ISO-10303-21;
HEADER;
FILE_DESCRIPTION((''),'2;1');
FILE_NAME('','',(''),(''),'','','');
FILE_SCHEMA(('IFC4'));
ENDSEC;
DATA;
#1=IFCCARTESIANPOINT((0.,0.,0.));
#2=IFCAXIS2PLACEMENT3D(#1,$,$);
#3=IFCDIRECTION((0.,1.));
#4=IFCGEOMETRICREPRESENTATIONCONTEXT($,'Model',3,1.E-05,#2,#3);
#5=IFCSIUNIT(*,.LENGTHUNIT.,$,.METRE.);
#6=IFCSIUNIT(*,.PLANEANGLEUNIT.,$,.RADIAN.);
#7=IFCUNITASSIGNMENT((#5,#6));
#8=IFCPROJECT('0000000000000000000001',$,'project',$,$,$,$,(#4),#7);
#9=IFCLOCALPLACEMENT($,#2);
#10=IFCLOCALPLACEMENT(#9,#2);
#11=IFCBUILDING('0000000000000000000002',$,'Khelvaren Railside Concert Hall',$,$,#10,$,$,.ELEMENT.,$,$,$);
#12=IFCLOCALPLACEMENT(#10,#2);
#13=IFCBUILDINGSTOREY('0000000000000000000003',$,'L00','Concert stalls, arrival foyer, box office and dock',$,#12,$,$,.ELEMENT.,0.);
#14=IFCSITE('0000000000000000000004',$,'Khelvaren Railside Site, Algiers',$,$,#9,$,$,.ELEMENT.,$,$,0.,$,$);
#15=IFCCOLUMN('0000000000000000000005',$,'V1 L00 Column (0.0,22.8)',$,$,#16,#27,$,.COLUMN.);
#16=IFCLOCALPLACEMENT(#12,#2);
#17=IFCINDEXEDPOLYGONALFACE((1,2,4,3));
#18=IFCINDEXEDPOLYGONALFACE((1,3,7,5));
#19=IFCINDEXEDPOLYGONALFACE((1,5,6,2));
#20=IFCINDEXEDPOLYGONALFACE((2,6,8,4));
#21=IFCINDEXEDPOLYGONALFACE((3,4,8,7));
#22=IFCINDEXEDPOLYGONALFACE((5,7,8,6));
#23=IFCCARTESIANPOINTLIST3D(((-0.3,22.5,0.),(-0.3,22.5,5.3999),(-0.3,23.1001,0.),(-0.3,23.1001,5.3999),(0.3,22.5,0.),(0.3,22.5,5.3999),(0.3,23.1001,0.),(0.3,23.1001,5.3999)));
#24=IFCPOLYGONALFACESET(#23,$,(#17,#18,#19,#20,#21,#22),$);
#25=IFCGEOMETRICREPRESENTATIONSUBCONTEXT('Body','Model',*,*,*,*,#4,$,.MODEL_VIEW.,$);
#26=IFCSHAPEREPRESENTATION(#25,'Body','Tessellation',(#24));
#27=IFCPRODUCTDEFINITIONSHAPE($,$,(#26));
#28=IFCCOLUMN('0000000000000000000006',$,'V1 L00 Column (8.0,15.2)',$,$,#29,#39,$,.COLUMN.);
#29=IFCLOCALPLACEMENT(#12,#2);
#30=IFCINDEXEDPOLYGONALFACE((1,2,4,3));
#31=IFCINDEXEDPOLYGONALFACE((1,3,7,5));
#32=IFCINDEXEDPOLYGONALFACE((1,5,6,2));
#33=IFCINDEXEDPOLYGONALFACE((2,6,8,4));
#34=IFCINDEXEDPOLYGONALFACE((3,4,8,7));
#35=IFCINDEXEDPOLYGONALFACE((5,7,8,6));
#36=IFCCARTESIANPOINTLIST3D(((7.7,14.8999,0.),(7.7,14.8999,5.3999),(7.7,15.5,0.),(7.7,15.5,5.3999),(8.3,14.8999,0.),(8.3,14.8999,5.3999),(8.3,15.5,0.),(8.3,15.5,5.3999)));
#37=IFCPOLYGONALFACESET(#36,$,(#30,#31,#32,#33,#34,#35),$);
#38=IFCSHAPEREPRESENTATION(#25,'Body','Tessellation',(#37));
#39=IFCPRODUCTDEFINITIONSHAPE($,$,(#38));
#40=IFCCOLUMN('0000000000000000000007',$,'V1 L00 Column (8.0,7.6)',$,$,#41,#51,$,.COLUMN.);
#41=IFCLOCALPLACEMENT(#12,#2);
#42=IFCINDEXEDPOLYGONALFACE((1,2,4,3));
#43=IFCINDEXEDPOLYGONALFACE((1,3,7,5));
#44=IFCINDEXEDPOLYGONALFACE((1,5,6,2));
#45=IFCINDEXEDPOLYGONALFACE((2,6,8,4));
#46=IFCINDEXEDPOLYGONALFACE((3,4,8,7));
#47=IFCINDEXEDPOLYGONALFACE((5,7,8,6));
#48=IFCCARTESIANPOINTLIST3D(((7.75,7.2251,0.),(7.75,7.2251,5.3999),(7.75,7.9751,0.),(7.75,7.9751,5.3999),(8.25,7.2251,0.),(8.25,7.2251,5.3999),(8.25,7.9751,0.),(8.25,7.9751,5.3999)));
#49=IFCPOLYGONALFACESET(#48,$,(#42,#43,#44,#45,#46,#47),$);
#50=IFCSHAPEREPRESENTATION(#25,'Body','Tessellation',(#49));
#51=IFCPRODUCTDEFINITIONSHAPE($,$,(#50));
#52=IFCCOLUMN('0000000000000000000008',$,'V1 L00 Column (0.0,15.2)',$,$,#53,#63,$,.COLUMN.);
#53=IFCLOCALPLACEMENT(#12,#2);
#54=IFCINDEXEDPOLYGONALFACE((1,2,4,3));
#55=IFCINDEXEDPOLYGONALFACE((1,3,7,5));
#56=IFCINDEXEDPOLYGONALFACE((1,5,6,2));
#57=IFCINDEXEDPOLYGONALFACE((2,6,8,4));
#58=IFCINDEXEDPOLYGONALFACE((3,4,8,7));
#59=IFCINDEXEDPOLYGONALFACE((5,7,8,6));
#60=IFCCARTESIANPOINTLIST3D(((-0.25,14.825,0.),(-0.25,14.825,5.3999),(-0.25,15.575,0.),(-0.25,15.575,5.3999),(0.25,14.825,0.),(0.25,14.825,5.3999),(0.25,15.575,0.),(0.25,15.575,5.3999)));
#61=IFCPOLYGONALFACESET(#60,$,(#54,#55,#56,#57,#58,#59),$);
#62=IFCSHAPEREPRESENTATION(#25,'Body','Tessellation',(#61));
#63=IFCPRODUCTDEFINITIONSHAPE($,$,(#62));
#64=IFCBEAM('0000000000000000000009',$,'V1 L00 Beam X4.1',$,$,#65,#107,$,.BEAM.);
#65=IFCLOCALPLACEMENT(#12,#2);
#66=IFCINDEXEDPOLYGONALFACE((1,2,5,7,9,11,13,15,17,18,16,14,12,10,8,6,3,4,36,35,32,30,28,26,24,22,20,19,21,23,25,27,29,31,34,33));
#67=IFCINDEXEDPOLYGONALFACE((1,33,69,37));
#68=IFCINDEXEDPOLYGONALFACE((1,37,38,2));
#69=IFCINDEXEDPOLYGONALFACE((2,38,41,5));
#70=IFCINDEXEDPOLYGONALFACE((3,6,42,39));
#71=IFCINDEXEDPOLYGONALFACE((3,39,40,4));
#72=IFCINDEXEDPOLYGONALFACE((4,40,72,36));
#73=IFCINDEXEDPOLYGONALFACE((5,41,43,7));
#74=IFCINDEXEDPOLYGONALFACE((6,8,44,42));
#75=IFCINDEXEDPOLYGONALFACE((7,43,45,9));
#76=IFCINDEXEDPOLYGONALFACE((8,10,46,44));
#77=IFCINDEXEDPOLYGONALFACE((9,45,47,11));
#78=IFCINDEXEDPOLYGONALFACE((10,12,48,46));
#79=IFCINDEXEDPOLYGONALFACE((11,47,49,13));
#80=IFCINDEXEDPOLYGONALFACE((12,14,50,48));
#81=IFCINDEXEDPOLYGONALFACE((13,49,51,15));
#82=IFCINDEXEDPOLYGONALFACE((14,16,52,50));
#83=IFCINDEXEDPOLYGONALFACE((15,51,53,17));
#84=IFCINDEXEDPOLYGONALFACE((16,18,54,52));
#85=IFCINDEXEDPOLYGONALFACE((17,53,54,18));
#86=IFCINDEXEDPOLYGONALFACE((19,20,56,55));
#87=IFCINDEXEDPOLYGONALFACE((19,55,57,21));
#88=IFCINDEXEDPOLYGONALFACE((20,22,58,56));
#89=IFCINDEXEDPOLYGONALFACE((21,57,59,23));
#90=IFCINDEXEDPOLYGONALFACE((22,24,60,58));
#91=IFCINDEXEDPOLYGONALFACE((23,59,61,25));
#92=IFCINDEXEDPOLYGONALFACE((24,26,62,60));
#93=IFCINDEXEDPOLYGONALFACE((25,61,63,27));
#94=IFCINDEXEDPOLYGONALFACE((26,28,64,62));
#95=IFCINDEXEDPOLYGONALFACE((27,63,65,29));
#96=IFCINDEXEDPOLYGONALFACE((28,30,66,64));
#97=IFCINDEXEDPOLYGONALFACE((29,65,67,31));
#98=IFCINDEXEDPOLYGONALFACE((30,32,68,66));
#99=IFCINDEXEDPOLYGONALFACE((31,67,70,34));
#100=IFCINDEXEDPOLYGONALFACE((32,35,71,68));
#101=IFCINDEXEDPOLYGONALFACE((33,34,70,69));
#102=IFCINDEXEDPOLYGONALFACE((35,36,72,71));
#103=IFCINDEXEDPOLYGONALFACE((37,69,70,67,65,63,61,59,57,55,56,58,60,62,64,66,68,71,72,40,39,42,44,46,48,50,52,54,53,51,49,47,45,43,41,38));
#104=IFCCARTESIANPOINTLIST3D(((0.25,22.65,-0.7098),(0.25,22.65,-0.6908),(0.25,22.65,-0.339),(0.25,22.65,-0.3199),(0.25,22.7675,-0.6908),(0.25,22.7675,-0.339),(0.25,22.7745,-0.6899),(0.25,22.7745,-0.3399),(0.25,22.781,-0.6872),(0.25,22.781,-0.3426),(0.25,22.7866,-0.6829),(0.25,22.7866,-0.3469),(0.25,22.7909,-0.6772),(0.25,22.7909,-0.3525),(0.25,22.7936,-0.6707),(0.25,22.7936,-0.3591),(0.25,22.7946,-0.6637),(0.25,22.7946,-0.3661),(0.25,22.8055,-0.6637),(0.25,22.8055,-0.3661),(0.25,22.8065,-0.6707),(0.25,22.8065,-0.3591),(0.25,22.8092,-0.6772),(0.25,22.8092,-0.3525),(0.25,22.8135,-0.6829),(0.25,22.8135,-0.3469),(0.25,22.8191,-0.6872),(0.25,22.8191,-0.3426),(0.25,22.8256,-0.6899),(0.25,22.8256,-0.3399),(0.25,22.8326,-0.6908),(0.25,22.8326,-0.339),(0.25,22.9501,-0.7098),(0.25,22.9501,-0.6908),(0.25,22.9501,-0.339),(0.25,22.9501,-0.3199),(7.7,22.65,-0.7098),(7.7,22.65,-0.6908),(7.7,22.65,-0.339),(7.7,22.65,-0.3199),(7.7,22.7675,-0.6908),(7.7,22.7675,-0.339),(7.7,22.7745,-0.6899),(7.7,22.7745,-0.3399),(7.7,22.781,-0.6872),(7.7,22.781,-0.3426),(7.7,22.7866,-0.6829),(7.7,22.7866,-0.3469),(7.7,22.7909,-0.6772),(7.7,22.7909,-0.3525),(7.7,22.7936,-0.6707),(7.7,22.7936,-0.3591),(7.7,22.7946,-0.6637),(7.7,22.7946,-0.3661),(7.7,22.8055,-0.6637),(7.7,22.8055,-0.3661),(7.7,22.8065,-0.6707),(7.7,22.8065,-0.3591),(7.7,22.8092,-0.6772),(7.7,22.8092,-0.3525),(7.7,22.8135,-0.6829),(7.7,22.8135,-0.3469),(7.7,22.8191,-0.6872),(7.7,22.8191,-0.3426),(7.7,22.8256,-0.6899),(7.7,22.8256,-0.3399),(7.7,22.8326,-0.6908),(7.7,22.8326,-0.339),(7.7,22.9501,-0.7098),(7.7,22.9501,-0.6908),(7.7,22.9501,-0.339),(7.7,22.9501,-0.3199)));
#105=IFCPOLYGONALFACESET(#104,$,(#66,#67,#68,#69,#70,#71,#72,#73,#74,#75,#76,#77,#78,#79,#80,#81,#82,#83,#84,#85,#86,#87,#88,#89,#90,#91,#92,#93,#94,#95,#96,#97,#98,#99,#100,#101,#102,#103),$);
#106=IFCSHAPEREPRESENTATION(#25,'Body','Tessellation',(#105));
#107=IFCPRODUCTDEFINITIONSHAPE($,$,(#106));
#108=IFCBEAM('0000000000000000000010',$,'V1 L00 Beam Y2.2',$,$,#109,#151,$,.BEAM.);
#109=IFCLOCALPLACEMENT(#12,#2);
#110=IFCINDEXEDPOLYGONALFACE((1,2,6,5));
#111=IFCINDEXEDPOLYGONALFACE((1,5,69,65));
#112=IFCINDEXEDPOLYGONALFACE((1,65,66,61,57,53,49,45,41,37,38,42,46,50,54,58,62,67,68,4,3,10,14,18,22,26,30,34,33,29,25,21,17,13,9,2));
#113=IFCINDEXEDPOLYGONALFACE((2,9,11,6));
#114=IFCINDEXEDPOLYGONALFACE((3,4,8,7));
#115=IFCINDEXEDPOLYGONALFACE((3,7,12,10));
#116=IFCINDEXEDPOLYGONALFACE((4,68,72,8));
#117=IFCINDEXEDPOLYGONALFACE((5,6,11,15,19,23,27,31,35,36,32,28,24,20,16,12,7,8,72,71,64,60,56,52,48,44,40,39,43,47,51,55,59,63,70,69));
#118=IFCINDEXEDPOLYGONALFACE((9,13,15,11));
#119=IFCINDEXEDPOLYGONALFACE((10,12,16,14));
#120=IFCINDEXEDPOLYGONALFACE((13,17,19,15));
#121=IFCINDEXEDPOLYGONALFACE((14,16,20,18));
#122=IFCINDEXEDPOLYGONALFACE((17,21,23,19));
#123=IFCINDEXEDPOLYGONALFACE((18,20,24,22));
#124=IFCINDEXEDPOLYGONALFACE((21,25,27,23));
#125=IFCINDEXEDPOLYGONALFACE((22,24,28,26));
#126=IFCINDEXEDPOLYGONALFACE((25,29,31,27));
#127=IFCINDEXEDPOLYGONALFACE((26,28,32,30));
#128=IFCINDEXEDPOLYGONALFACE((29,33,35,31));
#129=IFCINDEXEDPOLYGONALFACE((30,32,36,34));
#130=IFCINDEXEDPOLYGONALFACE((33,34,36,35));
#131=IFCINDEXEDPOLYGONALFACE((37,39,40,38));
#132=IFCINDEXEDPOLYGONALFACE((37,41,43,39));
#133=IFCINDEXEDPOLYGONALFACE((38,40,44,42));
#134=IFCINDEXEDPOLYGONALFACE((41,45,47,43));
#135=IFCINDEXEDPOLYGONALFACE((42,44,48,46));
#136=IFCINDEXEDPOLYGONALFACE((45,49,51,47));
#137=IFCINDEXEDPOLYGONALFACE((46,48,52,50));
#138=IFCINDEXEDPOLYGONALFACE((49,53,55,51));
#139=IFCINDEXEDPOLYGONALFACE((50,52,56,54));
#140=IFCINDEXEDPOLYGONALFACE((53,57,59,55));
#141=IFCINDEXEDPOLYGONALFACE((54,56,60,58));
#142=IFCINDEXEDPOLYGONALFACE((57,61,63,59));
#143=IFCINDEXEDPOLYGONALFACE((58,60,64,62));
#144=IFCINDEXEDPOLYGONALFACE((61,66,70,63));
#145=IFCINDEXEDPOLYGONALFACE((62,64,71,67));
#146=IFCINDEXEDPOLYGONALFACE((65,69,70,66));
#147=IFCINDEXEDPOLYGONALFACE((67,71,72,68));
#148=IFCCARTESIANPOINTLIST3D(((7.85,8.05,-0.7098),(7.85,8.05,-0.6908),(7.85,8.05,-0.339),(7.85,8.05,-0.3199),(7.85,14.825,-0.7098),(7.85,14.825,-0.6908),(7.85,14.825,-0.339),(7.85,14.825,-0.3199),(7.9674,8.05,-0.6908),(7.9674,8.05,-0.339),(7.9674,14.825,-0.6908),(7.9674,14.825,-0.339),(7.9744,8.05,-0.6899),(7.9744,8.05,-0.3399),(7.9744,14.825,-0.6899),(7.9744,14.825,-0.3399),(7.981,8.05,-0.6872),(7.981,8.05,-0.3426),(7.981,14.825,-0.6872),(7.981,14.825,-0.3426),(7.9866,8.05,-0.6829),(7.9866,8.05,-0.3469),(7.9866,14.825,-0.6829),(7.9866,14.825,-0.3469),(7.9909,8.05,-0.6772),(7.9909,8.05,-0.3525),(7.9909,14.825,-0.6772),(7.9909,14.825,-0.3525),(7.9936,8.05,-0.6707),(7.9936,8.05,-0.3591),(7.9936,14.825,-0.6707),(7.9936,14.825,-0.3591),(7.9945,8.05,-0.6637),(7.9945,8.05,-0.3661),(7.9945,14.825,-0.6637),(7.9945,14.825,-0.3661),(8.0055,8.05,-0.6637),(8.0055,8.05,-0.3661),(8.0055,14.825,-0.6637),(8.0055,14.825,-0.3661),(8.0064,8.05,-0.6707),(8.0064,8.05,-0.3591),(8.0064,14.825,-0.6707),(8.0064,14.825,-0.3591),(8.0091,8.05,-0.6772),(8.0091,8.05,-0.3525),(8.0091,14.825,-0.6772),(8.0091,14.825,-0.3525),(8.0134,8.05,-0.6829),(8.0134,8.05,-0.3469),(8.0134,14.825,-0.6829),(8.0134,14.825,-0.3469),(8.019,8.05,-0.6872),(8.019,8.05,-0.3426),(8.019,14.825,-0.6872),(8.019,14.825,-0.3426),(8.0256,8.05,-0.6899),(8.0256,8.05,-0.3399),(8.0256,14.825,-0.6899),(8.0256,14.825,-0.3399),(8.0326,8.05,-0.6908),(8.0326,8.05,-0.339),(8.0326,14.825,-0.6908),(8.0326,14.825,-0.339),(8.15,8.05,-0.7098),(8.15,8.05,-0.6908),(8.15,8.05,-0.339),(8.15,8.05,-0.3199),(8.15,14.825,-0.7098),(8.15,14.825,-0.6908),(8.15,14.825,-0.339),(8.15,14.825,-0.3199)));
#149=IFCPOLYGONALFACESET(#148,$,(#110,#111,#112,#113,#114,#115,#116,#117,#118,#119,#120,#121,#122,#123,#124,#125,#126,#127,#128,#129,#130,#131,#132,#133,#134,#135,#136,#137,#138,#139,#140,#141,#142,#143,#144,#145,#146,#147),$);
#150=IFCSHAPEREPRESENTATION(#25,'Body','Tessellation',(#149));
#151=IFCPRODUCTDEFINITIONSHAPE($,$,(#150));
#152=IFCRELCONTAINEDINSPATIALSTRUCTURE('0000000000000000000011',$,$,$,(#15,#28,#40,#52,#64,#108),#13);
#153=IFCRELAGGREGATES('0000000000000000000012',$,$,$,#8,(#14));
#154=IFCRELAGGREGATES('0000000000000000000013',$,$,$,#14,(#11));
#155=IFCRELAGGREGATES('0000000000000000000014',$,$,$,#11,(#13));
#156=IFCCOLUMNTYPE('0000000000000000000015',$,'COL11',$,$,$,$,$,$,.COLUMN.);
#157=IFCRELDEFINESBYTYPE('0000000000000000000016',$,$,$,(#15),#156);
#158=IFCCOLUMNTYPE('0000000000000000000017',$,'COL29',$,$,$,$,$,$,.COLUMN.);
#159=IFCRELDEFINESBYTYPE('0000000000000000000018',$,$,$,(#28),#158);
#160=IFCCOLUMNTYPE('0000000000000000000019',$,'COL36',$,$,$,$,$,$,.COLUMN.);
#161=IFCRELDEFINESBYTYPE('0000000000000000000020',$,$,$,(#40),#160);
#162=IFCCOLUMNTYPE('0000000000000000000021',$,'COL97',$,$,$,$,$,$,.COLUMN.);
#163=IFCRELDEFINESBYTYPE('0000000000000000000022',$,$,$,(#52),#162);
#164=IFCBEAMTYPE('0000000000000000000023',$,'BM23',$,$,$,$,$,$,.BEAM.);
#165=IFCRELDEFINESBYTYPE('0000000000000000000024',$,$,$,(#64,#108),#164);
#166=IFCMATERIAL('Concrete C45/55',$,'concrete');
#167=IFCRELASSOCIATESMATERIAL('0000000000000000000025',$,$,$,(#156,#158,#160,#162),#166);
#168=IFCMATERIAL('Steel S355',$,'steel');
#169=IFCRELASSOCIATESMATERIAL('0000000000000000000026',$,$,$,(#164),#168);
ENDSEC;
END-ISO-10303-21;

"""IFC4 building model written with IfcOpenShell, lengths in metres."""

from ifc_helpers import new_model, si_unit, direction, frame, origin, origin_2d, place, context, subcontext, project, spatial, rectangle, i_section, extrude, material, material_profile, profile_set, type_object, element, save


model = new_model("IFC4")

# Units and contexts
model_context = context("Model", 3, precision=1e-05, world=origin(), true_north=direction((0.0, 1.0)))
body_context = subcontext(model_context, "Body", "Model", "MODEL_VIEW")
ifc_project = project(units=[si_unit("LENGTHUNIT", "METRE"), si_unit("PLANEANGLEUNIT", "RADIAN")], contexts=[model_context])

# Site, building, storey
site_placement = place(None, origin())
site = spatial("IfcSite", under=ifc_project, at=site_placement, Name="Khelvaren Railside Site, Algiers", CompositionType="ELEMENT", RefElevation=0.0)
building_placement = place(site_placement, origin())
building = spatial("IfcBuilding", under=site, at=building_placement, Name="Khelvaren Railside Concert Hall", CompositionType="ELEMENT")
storey_placement = place(building_placement, origin())
storey = spatial("IfcBuildingStorey", under=building, at=storey_placement, Name="L00", Description="Concert stalls, arrival foyer, box office and dock", CompositionType="ELEMENT", Elevation=0.0)

# Columns
ifc_material_1 = material(Name="Concrete C45/55", Category="concrete")
ifc_material_profile_1 = material_profile(ifc_material_1, rectangle(XDim=0.6001, YDim=0.6001, at=origin_2d()), Name="RC 600x600")
ifc_profile_set_1 = profile_set([ifc_material_profile_1], Name="Concrete C45/55")
column_type_1 = type_object("IfcColumnType", Name="COL11", PredefinedType="COLUMN", material=ifc_profile_set_1)
column_1_placement = place(storey_placement, frame((0.0, 22.8, 0.0), z_axis=(0.0, 0.0, 1.0), x_axis=(1.0, 0.0, 0.0)))
element("IfcColumn", 1, at=column_1_placement, inside=storey, type_object=column_type_1, Name="V1 L00 Column (0.0,22.8)", PredefinedType="COLUMN", context=body_context, shape_type="SweptSolid", body=[
    extrude(rectangle(XDim=0.6001, YDim=0.6001, at=origin_2d()), origin(), (0.0, 0.0, 1.0), 5.3999),
])
ifc_material_profile_2 = material_profile(ifc_material_1, rectangle(XDim=0.6001, YDim=0.6001, at=origin_2d()), Name="RC 600x600")
ifc_profile_set_2 = profile_set([ifc_material_profile_2], Name="Concrete C45/55")
column_type_2 = type_object("IfcColumnType", Name="COL29", PredefinedType="COLUMN", material=ifc_profile_set_2)
column_2_placement = place(storey_placement, frame((8.0, 15.2, 0.0), z_axis=(0.0, 0.0, 1.0), x_axis=(1.0, 0.0, 0.0)))
element("IfcColumn", 2, at=column_2_placement, inside=storey, type_object=column_type_2, Name="V1 L00 Column (8.0,15.2)", PredefinedType="COLUMN", context=body_context, shape_type="SweptSolid", body=[
    extrude(rectangle(XDim=0.6001, YDim=0.6001, at=origin_2d()), origin(), (0.0, 0.0, 1.0), 5.3999),
])
ifc_material_profile_3 = material_profile(ifc_material_1, rectangle(XDim=0.5, YDim=0.75, at=origin_2d()), Name="RC 500x750")
ifc_profile_set_3 = profile_set([ifc_material_profile_3], Name="Concrete C45/55")
column_type_3 = type_object("IfcColumnType", Name="COL36", PredefinedType="COLUMN", material=ifc_profile_set_3)
column_3_placement = place(storey_placement, frame((8.0, 7.6001, 0.0), z_axis=(0.0, 0.0, 1.0), x_axis=(1.0, 0.0, 0.0)))
element("IfcColumn", 3, at=column_3_placement, inside=storey, type_object=column_type_3, Name="V1 L00 Column (8.0,7.6)", PredefinedType="COLUMN", context=body_context, shape_type="SweptSolid", body=[
    extrude(rectangle(XDim=0.5, YDim=0.75, at=origin_2d()), origin(), (0.0, 0.0, 1.0), 5.3999),
])
ifc_material_profile_4 = material_profile(ifc_material_1, rectangle(XDim=0.5, YDim=0.75, at=origin_2d()), Name="RC 500x750")
ifc_profile_set_4 = profile_set([ifc_material_profile_4], Name="Concrete C45/55")
column_type_4 = type_object("IfcColumnType", Name="COL97", PredefinedType="COLUMN", material=ifc_profile_set_4)
column_4_placement = place(storey_placement, frame((0.0, 15.2, 0.0), z_axis=(0.0, 0.0, 1.0), x_axis=(1.0, 0.0, 0.0)))
element("IfcColumn", 4, at=column_4_placement, inside=storey, type_object=column_type_4, Name="V1 L00 Column (0.0,15.2)", PredefinedType="COLUMN", context=body_context, shape_type="SweptSolid", body=[
    extrude(rectangle(XDim=0.5, YDim=0.75, at=origin_2d()), origin(), (0.0, 0.0, 1.0), 5.3999),
])

# Beams
ifc_material_2 = material(Name="Steel S355", Category="steel")
ifc_material_profile_5 = material_profile(ifc_material_2, i_section(OverallWidth=0.3, OverallDepth=0.3899, WebThickness=0.011, FlangeThickness=0.019, FilletRadius=0.0271, at=origin_2d()), Name="HEA 400")
ifc_profile_set_5 = profile_set([ifc_material_profile_5], Name="Steel S355")
beam_type_1 = type_object("IfcBeamType", Name="BM23", PredefinedType="BEAM", material=ifc_profile_set_5)
beam_1_placement = place(storey_placement, frame((0.25, 22.8, -0.5149), z_axis=(1.0, 0.0, 0.0), x_axis=(0.0, 1.0, 0.0)))
element("IfcBeam", 5, at=beam_1_placement, inside=storey, type_object=beam_type_1, Name="V1 L00 Beam X4.1", PredefinedType="BEAM", context=body_context, shape_type="SweptSolid", body=[
    extrude(i_section(OverallWidth=0.3, OverallDepth=0.3899, WebThickness=0.011, FlangeThickness=0.019, FilletRadius=0.0271, at=origin_2d()), origin(), (0.0, 0.0, 1.0), 7.45),
])
beam_2_placement = place(storey_placement, frame((8.0, 8.05, -0.5149), z_axis=(0.0, 1.0, 0.0), x_axis=(-1.0, 0.0, 0.0)))
element("IfcBeam", 6, at=beam_2_placement, inside=storey, type_object=beam_type_1, Name="V1 L00 Beam Y2.2", PredefinedType="BEAM", context=body_context, shape_type="SweptSolid", body=[
    extrude(i_section(OverallWidth=0.3, OverallDepth=0.3899, WebThickness=0.011, FlangeThickness=0.019, FilletRadius=0.0271, at=origin_2d()), origin(), (0.0, 0.0, 1.0), 6.7749),
])

save(model, "model.ifc")
